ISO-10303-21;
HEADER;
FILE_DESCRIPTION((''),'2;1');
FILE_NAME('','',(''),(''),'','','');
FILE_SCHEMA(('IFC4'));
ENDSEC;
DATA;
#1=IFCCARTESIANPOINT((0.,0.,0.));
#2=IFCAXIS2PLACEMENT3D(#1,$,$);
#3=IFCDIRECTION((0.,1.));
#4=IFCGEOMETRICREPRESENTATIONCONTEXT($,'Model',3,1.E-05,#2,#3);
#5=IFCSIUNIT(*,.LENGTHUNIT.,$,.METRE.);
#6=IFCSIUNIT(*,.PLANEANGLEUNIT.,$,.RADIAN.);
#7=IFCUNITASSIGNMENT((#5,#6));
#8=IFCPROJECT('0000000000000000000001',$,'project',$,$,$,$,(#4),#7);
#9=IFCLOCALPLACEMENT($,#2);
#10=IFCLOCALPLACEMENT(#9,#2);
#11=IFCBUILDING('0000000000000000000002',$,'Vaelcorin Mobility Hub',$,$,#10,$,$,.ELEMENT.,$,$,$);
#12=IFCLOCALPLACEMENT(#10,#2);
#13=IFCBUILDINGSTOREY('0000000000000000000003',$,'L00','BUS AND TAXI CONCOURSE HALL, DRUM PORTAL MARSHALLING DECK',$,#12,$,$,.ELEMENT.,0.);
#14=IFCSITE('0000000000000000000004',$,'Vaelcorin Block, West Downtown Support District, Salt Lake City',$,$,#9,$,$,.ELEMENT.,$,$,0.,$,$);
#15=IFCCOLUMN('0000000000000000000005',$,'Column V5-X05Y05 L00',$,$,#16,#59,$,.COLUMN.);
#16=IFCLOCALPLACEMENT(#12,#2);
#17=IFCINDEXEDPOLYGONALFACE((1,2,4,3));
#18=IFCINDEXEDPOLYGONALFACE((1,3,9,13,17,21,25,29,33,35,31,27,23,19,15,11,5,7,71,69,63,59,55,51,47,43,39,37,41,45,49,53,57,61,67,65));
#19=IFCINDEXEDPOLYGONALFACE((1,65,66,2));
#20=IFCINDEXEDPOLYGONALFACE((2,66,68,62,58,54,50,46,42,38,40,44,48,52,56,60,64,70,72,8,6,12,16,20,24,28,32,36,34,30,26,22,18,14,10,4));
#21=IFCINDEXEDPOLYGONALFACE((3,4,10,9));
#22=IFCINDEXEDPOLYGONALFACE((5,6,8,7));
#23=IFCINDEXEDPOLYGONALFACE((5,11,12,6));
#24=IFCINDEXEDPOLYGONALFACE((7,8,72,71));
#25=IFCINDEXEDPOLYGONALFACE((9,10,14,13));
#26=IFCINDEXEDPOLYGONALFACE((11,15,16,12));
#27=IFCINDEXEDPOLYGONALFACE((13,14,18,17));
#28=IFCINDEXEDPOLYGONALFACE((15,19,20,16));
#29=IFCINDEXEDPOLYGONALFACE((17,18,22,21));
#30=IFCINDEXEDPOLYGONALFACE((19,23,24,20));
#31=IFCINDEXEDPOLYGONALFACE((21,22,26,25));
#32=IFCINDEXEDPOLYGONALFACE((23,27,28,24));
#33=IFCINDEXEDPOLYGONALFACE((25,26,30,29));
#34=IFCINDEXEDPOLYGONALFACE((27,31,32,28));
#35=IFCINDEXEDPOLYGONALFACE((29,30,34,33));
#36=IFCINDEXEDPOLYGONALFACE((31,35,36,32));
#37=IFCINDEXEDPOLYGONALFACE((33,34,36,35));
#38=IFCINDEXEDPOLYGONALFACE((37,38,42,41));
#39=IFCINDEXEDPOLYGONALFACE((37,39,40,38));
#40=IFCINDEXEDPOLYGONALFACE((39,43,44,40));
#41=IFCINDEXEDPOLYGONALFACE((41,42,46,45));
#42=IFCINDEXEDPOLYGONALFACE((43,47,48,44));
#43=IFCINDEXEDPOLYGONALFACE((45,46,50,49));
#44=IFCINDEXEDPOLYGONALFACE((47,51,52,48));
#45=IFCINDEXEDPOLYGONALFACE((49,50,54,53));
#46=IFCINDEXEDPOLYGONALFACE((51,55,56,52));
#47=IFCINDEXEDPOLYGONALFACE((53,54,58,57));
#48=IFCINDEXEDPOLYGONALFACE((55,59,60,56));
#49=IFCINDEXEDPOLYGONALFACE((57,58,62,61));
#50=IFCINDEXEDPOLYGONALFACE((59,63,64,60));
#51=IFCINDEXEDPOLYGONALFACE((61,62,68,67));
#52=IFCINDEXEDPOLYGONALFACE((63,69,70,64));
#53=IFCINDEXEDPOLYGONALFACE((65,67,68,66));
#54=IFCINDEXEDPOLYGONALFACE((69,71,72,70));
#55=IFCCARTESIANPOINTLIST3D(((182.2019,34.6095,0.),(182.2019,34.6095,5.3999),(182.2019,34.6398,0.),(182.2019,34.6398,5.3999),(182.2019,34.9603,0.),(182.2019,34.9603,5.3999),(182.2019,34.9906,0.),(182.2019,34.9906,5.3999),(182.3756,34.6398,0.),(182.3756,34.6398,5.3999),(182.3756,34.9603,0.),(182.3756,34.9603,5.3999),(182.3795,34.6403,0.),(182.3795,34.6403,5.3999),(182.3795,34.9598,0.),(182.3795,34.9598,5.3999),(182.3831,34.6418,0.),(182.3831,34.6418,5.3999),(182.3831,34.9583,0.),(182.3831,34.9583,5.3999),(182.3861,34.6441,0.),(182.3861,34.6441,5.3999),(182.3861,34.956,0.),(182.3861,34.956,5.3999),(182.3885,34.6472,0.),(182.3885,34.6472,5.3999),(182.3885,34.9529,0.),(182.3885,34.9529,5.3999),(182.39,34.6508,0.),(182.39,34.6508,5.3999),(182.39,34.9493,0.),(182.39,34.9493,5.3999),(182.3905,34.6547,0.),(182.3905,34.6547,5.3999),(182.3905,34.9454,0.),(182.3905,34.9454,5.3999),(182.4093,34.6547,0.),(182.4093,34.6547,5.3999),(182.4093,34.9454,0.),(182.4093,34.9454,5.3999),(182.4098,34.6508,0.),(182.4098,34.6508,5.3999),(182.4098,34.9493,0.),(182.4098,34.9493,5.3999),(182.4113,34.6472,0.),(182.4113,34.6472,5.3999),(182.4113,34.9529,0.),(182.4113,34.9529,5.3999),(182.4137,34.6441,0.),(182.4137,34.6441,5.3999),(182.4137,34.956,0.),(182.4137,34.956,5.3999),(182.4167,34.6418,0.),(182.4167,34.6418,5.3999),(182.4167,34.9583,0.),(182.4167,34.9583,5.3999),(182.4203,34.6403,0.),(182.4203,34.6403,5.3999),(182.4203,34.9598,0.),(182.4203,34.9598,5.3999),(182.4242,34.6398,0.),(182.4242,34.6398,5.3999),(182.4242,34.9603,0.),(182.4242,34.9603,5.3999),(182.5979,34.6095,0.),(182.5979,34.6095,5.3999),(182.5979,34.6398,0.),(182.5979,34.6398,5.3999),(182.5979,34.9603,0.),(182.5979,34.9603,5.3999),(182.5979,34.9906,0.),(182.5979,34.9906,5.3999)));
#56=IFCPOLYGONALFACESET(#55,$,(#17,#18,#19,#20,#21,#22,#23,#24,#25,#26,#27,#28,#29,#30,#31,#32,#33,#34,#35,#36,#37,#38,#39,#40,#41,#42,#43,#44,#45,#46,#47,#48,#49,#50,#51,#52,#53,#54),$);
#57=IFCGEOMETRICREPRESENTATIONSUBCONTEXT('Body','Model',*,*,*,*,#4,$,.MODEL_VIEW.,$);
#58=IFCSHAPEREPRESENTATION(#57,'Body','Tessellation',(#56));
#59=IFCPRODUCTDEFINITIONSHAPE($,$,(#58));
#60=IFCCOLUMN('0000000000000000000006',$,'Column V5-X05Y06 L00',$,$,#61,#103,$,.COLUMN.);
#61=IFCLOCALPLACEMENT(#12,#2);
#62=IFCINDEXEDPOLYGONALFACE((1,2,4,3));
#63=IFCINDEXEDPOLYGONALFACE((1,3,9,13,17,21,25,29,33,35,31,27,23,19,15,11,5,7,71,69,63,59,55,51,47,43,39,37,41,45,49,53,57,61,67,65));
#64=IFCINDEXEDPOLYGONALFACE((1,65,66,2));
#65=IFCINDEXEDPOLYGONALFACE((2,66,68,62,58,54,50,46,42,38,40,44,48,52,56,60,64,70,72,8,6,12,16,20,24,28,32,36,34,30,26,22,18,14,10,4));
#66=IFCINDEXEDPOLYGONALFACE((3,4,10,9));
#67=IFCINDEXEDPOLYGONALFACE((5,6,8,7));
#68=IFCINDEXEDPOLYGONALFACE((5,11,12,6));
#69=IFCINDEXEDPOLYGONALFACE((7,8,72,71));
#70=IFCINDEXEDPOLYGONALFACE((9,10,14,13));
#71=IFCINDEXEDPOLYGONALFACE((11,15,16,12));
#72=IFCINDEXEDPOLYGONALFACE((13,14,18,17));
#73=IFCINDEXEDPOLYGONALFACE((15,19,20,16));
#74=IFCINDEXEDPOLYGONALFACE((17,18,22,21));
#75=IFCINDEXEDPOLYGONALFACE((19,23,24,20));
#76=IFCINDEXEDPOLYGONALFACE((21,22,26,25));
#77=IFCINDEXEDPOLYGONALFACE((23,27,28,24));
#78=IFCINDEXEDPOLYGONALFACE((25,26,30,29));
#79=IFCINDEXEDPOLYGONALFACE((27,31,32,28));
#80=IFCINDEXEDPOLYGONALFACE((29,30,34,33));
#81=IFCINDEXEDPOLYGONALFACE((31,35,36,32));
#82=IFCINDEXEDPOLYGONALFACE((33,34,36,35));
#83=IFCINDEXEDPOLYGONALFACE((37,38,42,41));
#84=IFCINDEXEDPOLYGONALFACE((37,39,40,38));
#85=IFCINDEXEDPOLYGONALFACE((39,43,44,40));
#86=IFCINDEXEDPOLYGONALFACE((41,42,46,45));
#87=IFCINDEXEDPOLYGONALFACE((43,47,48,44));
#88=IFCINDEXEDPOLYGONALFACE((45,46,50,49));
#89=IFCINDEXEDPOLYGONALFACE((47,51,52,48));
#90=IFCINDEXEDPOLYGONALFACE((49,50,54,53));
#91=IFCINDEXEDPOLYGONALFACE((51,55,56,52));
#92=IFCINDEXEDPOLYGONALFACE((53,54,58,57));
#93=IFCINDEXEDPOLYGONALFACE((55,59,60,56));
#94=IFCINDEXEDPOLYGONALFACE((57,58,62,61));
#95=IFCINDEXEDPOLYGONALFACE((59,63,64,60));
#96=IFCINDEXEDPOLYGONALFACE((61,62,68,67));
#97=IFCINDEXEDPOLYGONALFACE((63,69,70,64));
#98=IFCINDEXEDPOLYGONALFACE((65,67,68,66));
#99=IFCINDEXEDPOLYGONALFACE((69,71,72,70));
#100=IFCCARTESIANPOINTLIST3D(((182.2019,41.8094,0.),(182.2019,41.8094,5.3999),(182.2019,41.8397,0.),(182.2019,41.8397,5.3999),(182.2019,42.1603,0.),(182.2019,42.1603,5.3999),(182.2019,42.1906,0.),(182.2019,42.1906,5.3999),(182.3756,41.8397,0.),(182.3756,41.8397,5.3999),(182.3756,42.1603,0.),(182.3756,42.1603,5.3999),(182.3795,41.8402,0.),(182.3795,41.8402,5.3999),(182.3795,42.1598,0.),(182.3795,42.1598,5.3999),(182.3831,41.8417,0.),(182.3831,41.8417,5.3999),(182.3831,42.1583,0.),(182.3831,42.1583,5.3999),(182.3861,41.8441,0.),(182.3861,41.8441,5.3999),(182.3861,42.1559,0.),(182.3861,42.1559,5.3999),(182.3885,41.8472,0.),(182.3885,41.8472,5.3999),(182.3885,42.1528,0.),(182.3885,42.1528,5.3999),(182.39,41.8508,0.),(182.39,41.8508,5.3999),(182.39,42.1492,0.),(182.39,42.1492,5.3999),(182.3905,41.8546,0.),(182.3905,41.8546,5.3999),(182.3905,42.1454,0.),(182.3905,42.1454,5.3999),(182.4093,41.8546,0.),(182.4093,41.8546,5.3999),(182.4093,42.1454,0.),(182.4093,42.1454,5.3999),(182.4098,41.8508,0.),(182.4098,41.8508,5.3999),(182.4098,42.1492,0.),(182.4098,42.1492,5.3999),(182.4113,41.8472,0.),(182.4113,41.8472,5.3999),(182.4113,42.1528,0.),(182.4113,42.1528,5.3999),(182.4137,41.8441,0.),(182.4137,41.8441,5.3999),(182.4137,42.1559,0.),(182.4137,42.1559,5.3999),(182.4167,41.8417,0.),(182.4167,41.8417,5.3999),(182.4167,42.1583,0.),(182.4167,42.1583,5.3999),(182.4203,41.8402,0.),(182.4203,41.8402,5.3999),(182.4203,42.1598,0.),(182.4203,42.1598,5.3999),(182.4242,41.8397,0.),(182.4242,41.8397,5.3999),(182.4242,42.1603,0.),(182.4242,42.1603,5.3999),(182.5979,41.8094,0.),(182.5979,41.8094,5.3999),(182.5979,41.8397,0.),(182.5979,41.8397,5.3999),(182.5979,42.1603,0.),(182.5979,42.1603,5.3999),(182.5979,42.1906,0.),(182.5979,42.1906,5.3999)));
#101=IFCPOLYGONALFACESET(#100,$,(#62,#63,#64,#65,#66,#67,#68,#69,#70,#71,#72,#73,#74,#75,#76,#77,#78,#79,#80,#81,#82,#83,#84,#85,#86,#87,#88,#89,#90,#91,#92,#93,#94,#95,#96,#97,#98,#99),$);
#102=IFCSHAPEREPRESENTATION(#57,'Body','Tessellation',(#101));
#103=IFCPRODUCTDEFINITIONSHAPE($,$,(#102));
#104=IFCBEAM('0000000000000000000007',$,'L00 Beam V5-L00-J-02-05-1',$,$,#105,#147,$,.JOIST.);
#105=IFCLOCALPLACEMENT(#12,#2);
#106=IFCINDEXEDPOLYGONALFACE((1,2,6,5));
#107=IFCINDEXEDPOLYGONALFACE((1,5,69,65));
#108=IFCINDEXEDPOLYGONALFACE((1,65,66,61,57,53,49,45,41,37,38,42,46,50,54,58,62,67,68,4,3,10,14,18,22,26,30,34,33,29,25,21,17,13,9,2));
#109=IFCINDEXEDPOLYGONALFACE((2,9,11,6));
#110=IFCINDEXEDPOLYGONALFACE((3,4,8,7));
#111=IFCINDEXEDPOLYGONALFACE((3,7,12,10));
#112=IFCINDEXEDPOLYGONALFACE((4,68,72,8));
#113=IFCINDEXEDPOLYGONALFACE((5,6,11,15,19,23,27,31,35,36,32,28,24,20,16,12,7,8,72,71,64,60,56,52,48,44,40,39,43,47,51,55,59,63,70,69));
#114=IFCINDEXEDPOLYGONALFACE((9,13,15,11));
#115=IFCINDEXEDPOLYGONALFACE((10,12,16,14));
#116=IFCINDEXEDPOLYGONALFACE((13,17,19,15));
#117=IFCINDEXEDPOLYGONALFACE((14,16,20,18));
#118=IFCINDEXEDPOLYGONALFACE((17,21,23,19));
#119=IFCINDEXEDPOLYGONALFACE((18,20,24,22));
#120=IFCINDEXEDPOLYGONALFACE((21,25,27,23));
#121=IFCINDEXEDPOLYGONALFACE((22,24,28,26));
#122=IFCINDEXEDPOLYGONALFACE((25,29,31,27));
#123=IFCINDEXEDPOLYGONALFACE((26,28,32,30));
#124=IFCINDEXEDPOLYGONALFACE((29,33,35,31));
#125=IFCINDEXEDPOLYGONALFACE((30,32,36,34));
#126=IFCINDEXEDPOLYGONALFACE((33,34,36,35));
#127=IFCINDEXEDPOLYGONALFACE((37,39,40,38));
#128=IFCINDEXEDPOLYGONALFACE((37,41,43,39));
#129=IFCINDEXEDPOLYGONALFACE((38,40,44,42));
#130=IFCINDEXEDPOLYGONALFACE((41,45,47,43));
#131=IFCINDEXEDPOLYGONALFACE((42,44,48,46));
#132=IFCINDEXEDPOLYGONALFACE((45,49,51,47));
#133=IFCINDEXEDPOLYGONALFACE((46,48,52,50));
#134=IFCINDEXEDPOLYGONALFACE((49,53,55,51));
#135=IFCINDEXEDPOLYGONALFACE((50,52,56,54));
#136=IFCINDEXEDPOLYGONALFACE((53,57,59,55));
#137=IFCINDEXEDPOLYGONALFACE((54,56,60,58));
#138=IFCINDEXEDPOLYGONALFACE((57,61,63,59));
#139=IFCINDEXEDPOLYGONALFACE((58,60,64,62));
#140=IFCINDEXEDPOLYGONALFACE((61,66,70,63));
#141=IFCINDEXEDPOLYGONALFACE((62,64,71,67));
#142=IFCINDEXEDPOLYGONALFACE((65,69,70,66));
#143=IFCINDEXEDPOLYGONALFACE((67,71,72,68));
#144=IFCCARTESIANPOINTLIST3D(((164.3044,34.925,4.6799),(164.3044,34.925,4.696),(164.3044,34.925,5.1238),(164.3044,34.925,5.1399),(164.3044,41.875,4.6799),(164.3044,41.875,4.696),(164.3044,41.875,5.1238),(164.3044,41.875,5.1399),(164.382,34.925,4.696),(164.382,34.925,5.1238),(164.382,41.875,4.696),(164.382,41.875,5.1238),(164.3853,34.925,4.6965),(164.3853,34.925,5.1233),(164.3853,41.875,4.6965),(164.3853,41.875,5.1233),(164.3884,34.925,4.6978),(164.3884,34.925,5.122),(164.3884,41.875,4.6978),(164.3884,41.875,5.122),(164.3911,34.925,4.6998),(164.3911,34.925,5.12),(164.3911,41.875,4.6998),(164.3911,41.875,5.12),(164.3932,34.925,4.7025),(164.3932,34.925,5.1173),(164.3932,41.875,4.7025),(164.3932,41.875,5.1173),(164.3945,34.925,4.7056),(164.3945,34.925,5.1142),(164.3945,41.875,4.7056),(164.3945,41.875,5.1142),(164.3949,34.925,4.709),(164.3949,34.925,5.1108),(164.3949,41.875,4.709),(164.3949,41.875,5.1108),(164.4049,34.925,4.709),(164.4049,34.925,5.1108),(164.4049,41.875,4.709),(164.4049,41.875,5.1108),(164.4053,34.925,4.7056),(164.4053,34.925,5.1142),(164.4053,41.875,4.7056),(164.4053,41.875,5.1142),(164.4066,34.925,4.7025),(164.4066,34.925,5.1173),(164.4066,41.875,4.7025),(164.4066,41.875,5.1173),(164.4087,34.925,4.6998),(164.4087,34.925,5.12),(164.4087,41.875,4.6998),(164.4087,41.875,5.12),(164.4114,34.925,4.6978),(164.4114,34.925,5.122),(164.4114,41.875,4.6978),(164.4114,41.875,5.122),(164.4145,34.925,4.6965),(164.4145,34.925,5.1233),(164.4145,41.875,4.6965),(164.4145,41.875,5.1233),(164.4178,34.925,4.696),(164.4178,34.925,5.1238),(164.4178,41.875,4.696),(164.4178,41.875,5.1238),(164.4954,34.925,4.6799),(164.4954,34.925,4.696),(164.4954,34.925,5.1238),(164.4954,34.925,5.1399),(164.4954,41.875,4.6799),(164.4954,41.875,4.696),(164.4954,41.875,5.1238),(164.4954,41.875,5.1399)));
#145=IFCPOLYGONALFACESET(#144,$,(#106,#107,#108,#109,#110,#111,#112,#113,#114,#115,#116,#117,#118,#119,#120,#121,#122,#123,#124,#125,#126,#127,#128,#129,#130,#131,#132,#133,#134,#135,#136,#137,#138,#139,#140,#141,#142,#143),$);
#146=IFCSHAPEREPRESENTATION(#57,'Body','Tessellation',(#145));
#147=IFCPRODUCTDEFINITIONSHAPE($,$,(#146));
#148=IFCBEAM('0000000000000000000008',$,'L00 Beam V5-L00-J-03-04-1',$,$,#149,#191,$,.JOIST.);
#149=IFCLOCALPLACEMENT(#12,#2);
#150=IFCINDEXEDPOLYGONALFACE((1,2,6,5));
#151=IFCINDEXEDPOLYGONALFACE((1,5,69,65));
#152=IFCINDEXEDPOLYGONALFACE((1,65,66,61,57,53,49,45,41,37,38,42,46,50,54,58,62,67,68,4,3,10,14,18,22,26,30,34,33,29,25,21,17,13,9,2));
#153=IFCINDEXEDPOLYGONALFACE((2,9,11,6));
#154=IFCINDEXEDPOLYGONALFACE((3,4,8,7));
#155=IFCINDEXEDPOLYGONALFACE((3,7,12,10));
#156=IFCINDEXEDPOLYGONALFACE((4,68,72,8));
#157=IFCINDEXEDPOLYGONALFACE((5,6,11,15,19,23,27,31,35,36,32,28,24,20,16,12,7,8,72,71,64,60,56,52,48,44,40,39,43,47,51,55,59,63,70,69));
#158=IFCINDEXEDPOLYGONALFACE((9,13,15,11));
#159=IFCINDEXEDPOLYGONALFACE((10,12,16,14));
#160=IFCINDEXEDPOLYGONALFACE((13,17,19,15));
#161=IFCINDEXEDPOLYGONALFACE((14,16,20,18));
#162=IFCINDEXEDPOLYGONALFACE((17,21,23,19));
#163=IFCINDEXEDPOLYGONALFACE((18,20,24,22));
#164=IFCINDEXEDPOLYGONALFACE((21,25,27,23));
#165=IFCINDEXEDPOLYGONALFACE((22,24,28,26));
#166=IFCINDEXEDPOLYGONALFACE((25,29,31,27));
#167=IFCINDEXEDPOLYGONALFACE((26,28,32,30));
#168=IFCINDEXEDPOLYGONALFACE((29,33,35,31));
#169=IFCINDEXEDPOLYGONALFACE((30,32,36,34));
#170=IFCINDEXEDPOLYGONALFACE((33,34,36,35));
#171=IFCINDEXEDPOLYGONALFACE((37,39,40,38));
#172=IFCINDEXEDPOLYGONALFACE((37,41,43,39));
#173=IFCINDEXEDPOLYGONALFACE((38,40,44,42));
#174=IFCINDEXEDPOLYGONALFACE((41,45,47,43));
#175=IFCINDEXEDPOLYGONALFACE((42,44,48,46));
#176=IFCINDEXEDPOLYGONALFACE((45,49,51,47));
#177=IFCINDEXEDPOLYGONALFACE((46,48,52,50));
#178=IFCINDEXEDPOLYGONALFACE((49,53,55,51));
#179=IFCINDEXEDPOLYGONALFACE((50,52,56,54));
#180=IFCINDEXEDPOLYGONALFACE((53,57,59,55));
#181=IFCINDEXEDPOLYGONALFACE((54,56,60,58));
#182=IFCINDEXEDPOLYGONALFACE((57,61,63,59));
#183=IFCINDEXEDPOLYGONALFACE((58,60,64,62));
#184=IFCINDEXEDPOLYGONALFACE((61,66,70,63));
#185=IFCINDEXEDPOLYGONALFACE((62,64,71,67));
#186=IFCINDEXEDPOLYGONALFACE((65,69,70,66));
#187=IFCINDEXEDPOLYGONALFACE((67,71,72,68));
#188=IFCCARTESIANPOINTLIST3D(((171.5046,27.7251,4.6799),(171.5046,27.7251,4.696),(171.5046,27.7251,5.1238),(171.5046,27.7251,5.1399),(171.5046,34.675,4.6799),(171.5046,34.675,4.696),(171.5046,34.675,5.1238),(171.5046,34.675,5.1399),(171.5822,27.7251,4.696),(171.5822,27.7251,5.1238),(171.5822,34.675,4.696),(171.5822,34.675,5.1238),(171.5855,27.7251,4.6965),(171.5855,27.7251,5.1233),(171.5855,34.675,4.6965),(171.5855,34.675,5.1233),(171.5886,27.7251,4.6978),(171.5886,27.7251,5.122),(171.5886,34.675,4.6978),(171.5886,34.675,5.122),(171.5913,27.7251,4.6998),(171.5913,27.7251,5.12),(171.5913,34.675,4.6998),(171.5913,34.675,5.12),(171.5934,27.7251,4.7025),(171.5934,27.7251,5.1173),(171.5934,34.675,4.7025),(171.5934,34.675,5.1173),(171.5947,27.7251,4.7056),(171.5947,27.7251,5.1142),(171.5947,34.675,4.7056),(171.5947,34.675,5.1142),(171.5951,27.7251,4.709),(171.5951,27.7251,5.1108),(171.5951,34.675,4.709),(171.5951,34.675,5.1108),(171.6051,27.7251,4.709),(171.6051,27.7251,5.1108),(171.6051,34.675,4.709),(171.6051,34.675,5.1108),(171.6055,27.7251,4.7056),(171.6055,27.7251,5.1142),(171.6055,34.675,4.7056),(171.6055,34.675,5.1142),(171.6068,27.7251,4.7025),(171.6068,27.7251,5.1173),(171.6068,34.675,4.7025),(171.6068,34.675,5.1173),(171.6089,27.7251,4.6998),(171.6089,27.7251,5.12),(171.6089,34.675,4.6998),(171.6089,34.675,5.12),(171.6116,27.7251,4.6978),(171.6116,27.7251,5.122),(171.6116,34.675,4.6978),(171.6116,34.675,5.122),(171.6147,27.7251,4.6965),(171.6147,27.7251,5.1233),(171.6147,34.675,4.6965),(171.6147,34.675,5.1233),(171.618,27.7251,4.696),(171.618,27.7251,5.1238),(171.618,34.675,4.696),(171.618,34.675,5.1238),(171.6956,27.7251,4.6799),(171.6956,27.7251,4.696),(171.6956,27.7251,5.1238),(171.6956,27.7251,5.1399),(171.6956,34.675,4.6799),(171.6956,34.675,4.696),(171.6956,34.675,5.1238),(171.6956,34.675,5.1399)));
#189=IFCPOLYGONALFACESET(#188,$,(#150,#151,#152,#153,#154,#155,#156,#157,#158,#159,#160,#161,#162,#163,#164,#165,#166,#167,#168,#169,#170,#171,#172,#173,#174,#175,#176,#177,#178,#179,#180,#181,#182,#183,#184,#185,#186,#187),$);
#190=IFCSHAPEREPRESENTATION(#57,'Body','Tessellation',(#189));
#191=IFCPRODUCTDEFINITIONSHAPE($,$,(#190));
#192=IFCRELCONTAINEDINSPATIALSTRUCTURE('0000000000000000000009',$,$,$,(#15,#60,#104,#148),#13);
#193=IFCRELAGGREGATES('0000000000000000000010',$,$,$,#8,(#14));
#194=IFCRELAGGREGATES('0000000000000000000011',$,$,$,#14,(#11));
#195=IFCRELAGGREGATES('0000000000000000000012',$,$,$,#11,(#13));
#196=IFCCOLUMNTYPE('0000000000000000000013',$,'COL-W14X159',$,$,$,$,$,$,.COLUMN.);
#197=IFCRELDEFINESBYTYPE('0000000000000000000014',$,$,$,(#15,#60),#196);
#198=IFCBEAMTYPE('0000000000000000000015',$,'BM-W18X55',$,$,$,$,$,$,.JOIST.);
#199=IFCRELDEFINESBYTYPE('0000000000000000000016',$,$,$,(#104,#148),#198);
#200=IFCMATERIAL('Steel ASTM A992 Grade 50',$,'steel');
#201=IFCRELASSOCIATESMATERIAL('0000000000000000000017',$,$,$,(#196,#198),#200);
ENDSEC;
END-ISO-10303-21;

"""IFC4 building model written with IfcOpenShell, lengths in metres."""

from ifc_helpers import new_model, si_unit, direction, frame, origin, origin_2d, place, context, subcontext, project, spatial, i_section, extrude, material, material_profile, profile_set, type_object, element, save


model = new_model("IFC4")

# Units and contexts
model_context = context("Model", 3, precision=1e-05, world=origin(), true_north=direction((0.0, 1.0)))
body_context = subcontext(model_context, "Body", "Model", "MODEL_VIEW")
ifc_project = project(units=[si_unit("LENGTHUNIT", "METRE"), si_unit("PLANEANGLEUNIT", "RADIAN")], contexts=[model_context])

# Site, building, storey
site_placement = place(None, origin())
site = spatial("IfcSite", under=ifc_project, at=site_placement, Name="Vaelcorin Block, West Downtown Support District, Salt Lake City", CompositionType="ELEMENT", RefElevation=0.0)
building_placement = place(site_placement, origin())
building = spatial("IfcBuilding", under=site, at=building_placement, Name="Vaelcorin Mobility Hub", CompositionType="ELEMENT")
storey_placement = place(building_placement, origin())
storey = spatial("IfcBuildingStorey", under=building, at=storey_placement, Name="L00", Description="BUS AND TAXI CONCOURSE HALL, DRUM PORTAL MARSHALLING DECK", CompositionType="ELEMENT", Elevation=0.0)

# Columns
ifc_material = material(Name="Steel ASTM A992 Grade 50", Category="steel")
ifc_material_profile_1 = material_profile(ifc_material, i_section(OverallWidth=0.396, OverallDepth=0.3811, WebThickness=0.0188, FlangeThickness=0.0303, FilletRadius=0.0149, at=origin_2d()), Name="W14X159")
ifc_profile_set_1 = profile_set([ifc_material_profile_1], Name="Steel ASTM A992 Grade 50")
column_type = type_object("IfcColumnType", Name="COL-W14X159", PredefinedType="COLUMN", material=ifc_profile_set_1)
for number, where, z_axis, x_axis, name in (
    (1, (182.3999, 34.8, 0.0), (0.0, 0.0, 1.0), (1.0, 0.0, 0.0), "Column V5-X05Y05 L00"),
    (2, (182.3999, 42.0, 0.0), (0.0, 0.0, 1.0), (1.0, 0.0, 0.0), "Column V5-X05Y06 L00"),
):
    element("IfcColumn", number, at=place(storey_placement, frame(where, z_axis=z_axis, x_axis=x_axis)), inside=storey, type_object=column_type, Name=name, PredefinedType="COLUMN", context=body_context, shape_type="SweptSolid", body=[
        extrude(i_section(OverallWidth=0.396, OverallDepth=0.3811, WebThickness=0.0188, FlangeThickness=0.0303, FilletRadius=0.0149, at=origin_2d()), origin(), (0.0, 0.0, 1.0), 5.3999),
    ])

# Beams
ifc_material_profile_2 = material_profile(ifc_material, i_section(OverallWidth=0.1909, OverallDepth=0.46, WebThickness=0.01, FlangeThickness=0.0161, FilletRadius=0.0129, at=origin_2d()), Name="W18X55")
ifc_profile_set_2 = profile_set([ifc_material_profile_2], Name="Steel ASTM A992 Grade 50")
beam_type_1 = type_object("IfcBeamType", Name="BM-W18X55", PredefinedType="JOIST", material=ifc_profile_set_2)
for number, where, z_axis, x_axis, name in (
    (3, (164.3999, 34.925, 4.9099), (0.0, 1.0, 0.0), (-1.0, 0.0, 0.0), "L00 Beam V5-L00-J-02-05-1"),
    (4, (171.6001, 27.7251, 4.9099), (0.0, 1.0, 0.0), (-1.0, 0.0, 0.0), "L00 Beam V5-L00-J-03-04-1"),
):
    element("IfcBeam", number, at=place(storey_placement, frame(where, z_axis=z_axis, x_axis=x_axis)), inside=storey, type_object=beam_type_1, Name=name, PredefinedType="JOIST", context=body_context, shape_type="SweptSolid", body=[
        extrude(i_section(OverallWidth=0.1909, OverallDepth=0.46, WebThickness=0.01, FlangeThickness=0.0161, FilletRadius=0.0129, at=origin_2d()), origin(), (0.0, 0.0, 1.0), 6.95),
    ])

save(model, "model.ifc")
